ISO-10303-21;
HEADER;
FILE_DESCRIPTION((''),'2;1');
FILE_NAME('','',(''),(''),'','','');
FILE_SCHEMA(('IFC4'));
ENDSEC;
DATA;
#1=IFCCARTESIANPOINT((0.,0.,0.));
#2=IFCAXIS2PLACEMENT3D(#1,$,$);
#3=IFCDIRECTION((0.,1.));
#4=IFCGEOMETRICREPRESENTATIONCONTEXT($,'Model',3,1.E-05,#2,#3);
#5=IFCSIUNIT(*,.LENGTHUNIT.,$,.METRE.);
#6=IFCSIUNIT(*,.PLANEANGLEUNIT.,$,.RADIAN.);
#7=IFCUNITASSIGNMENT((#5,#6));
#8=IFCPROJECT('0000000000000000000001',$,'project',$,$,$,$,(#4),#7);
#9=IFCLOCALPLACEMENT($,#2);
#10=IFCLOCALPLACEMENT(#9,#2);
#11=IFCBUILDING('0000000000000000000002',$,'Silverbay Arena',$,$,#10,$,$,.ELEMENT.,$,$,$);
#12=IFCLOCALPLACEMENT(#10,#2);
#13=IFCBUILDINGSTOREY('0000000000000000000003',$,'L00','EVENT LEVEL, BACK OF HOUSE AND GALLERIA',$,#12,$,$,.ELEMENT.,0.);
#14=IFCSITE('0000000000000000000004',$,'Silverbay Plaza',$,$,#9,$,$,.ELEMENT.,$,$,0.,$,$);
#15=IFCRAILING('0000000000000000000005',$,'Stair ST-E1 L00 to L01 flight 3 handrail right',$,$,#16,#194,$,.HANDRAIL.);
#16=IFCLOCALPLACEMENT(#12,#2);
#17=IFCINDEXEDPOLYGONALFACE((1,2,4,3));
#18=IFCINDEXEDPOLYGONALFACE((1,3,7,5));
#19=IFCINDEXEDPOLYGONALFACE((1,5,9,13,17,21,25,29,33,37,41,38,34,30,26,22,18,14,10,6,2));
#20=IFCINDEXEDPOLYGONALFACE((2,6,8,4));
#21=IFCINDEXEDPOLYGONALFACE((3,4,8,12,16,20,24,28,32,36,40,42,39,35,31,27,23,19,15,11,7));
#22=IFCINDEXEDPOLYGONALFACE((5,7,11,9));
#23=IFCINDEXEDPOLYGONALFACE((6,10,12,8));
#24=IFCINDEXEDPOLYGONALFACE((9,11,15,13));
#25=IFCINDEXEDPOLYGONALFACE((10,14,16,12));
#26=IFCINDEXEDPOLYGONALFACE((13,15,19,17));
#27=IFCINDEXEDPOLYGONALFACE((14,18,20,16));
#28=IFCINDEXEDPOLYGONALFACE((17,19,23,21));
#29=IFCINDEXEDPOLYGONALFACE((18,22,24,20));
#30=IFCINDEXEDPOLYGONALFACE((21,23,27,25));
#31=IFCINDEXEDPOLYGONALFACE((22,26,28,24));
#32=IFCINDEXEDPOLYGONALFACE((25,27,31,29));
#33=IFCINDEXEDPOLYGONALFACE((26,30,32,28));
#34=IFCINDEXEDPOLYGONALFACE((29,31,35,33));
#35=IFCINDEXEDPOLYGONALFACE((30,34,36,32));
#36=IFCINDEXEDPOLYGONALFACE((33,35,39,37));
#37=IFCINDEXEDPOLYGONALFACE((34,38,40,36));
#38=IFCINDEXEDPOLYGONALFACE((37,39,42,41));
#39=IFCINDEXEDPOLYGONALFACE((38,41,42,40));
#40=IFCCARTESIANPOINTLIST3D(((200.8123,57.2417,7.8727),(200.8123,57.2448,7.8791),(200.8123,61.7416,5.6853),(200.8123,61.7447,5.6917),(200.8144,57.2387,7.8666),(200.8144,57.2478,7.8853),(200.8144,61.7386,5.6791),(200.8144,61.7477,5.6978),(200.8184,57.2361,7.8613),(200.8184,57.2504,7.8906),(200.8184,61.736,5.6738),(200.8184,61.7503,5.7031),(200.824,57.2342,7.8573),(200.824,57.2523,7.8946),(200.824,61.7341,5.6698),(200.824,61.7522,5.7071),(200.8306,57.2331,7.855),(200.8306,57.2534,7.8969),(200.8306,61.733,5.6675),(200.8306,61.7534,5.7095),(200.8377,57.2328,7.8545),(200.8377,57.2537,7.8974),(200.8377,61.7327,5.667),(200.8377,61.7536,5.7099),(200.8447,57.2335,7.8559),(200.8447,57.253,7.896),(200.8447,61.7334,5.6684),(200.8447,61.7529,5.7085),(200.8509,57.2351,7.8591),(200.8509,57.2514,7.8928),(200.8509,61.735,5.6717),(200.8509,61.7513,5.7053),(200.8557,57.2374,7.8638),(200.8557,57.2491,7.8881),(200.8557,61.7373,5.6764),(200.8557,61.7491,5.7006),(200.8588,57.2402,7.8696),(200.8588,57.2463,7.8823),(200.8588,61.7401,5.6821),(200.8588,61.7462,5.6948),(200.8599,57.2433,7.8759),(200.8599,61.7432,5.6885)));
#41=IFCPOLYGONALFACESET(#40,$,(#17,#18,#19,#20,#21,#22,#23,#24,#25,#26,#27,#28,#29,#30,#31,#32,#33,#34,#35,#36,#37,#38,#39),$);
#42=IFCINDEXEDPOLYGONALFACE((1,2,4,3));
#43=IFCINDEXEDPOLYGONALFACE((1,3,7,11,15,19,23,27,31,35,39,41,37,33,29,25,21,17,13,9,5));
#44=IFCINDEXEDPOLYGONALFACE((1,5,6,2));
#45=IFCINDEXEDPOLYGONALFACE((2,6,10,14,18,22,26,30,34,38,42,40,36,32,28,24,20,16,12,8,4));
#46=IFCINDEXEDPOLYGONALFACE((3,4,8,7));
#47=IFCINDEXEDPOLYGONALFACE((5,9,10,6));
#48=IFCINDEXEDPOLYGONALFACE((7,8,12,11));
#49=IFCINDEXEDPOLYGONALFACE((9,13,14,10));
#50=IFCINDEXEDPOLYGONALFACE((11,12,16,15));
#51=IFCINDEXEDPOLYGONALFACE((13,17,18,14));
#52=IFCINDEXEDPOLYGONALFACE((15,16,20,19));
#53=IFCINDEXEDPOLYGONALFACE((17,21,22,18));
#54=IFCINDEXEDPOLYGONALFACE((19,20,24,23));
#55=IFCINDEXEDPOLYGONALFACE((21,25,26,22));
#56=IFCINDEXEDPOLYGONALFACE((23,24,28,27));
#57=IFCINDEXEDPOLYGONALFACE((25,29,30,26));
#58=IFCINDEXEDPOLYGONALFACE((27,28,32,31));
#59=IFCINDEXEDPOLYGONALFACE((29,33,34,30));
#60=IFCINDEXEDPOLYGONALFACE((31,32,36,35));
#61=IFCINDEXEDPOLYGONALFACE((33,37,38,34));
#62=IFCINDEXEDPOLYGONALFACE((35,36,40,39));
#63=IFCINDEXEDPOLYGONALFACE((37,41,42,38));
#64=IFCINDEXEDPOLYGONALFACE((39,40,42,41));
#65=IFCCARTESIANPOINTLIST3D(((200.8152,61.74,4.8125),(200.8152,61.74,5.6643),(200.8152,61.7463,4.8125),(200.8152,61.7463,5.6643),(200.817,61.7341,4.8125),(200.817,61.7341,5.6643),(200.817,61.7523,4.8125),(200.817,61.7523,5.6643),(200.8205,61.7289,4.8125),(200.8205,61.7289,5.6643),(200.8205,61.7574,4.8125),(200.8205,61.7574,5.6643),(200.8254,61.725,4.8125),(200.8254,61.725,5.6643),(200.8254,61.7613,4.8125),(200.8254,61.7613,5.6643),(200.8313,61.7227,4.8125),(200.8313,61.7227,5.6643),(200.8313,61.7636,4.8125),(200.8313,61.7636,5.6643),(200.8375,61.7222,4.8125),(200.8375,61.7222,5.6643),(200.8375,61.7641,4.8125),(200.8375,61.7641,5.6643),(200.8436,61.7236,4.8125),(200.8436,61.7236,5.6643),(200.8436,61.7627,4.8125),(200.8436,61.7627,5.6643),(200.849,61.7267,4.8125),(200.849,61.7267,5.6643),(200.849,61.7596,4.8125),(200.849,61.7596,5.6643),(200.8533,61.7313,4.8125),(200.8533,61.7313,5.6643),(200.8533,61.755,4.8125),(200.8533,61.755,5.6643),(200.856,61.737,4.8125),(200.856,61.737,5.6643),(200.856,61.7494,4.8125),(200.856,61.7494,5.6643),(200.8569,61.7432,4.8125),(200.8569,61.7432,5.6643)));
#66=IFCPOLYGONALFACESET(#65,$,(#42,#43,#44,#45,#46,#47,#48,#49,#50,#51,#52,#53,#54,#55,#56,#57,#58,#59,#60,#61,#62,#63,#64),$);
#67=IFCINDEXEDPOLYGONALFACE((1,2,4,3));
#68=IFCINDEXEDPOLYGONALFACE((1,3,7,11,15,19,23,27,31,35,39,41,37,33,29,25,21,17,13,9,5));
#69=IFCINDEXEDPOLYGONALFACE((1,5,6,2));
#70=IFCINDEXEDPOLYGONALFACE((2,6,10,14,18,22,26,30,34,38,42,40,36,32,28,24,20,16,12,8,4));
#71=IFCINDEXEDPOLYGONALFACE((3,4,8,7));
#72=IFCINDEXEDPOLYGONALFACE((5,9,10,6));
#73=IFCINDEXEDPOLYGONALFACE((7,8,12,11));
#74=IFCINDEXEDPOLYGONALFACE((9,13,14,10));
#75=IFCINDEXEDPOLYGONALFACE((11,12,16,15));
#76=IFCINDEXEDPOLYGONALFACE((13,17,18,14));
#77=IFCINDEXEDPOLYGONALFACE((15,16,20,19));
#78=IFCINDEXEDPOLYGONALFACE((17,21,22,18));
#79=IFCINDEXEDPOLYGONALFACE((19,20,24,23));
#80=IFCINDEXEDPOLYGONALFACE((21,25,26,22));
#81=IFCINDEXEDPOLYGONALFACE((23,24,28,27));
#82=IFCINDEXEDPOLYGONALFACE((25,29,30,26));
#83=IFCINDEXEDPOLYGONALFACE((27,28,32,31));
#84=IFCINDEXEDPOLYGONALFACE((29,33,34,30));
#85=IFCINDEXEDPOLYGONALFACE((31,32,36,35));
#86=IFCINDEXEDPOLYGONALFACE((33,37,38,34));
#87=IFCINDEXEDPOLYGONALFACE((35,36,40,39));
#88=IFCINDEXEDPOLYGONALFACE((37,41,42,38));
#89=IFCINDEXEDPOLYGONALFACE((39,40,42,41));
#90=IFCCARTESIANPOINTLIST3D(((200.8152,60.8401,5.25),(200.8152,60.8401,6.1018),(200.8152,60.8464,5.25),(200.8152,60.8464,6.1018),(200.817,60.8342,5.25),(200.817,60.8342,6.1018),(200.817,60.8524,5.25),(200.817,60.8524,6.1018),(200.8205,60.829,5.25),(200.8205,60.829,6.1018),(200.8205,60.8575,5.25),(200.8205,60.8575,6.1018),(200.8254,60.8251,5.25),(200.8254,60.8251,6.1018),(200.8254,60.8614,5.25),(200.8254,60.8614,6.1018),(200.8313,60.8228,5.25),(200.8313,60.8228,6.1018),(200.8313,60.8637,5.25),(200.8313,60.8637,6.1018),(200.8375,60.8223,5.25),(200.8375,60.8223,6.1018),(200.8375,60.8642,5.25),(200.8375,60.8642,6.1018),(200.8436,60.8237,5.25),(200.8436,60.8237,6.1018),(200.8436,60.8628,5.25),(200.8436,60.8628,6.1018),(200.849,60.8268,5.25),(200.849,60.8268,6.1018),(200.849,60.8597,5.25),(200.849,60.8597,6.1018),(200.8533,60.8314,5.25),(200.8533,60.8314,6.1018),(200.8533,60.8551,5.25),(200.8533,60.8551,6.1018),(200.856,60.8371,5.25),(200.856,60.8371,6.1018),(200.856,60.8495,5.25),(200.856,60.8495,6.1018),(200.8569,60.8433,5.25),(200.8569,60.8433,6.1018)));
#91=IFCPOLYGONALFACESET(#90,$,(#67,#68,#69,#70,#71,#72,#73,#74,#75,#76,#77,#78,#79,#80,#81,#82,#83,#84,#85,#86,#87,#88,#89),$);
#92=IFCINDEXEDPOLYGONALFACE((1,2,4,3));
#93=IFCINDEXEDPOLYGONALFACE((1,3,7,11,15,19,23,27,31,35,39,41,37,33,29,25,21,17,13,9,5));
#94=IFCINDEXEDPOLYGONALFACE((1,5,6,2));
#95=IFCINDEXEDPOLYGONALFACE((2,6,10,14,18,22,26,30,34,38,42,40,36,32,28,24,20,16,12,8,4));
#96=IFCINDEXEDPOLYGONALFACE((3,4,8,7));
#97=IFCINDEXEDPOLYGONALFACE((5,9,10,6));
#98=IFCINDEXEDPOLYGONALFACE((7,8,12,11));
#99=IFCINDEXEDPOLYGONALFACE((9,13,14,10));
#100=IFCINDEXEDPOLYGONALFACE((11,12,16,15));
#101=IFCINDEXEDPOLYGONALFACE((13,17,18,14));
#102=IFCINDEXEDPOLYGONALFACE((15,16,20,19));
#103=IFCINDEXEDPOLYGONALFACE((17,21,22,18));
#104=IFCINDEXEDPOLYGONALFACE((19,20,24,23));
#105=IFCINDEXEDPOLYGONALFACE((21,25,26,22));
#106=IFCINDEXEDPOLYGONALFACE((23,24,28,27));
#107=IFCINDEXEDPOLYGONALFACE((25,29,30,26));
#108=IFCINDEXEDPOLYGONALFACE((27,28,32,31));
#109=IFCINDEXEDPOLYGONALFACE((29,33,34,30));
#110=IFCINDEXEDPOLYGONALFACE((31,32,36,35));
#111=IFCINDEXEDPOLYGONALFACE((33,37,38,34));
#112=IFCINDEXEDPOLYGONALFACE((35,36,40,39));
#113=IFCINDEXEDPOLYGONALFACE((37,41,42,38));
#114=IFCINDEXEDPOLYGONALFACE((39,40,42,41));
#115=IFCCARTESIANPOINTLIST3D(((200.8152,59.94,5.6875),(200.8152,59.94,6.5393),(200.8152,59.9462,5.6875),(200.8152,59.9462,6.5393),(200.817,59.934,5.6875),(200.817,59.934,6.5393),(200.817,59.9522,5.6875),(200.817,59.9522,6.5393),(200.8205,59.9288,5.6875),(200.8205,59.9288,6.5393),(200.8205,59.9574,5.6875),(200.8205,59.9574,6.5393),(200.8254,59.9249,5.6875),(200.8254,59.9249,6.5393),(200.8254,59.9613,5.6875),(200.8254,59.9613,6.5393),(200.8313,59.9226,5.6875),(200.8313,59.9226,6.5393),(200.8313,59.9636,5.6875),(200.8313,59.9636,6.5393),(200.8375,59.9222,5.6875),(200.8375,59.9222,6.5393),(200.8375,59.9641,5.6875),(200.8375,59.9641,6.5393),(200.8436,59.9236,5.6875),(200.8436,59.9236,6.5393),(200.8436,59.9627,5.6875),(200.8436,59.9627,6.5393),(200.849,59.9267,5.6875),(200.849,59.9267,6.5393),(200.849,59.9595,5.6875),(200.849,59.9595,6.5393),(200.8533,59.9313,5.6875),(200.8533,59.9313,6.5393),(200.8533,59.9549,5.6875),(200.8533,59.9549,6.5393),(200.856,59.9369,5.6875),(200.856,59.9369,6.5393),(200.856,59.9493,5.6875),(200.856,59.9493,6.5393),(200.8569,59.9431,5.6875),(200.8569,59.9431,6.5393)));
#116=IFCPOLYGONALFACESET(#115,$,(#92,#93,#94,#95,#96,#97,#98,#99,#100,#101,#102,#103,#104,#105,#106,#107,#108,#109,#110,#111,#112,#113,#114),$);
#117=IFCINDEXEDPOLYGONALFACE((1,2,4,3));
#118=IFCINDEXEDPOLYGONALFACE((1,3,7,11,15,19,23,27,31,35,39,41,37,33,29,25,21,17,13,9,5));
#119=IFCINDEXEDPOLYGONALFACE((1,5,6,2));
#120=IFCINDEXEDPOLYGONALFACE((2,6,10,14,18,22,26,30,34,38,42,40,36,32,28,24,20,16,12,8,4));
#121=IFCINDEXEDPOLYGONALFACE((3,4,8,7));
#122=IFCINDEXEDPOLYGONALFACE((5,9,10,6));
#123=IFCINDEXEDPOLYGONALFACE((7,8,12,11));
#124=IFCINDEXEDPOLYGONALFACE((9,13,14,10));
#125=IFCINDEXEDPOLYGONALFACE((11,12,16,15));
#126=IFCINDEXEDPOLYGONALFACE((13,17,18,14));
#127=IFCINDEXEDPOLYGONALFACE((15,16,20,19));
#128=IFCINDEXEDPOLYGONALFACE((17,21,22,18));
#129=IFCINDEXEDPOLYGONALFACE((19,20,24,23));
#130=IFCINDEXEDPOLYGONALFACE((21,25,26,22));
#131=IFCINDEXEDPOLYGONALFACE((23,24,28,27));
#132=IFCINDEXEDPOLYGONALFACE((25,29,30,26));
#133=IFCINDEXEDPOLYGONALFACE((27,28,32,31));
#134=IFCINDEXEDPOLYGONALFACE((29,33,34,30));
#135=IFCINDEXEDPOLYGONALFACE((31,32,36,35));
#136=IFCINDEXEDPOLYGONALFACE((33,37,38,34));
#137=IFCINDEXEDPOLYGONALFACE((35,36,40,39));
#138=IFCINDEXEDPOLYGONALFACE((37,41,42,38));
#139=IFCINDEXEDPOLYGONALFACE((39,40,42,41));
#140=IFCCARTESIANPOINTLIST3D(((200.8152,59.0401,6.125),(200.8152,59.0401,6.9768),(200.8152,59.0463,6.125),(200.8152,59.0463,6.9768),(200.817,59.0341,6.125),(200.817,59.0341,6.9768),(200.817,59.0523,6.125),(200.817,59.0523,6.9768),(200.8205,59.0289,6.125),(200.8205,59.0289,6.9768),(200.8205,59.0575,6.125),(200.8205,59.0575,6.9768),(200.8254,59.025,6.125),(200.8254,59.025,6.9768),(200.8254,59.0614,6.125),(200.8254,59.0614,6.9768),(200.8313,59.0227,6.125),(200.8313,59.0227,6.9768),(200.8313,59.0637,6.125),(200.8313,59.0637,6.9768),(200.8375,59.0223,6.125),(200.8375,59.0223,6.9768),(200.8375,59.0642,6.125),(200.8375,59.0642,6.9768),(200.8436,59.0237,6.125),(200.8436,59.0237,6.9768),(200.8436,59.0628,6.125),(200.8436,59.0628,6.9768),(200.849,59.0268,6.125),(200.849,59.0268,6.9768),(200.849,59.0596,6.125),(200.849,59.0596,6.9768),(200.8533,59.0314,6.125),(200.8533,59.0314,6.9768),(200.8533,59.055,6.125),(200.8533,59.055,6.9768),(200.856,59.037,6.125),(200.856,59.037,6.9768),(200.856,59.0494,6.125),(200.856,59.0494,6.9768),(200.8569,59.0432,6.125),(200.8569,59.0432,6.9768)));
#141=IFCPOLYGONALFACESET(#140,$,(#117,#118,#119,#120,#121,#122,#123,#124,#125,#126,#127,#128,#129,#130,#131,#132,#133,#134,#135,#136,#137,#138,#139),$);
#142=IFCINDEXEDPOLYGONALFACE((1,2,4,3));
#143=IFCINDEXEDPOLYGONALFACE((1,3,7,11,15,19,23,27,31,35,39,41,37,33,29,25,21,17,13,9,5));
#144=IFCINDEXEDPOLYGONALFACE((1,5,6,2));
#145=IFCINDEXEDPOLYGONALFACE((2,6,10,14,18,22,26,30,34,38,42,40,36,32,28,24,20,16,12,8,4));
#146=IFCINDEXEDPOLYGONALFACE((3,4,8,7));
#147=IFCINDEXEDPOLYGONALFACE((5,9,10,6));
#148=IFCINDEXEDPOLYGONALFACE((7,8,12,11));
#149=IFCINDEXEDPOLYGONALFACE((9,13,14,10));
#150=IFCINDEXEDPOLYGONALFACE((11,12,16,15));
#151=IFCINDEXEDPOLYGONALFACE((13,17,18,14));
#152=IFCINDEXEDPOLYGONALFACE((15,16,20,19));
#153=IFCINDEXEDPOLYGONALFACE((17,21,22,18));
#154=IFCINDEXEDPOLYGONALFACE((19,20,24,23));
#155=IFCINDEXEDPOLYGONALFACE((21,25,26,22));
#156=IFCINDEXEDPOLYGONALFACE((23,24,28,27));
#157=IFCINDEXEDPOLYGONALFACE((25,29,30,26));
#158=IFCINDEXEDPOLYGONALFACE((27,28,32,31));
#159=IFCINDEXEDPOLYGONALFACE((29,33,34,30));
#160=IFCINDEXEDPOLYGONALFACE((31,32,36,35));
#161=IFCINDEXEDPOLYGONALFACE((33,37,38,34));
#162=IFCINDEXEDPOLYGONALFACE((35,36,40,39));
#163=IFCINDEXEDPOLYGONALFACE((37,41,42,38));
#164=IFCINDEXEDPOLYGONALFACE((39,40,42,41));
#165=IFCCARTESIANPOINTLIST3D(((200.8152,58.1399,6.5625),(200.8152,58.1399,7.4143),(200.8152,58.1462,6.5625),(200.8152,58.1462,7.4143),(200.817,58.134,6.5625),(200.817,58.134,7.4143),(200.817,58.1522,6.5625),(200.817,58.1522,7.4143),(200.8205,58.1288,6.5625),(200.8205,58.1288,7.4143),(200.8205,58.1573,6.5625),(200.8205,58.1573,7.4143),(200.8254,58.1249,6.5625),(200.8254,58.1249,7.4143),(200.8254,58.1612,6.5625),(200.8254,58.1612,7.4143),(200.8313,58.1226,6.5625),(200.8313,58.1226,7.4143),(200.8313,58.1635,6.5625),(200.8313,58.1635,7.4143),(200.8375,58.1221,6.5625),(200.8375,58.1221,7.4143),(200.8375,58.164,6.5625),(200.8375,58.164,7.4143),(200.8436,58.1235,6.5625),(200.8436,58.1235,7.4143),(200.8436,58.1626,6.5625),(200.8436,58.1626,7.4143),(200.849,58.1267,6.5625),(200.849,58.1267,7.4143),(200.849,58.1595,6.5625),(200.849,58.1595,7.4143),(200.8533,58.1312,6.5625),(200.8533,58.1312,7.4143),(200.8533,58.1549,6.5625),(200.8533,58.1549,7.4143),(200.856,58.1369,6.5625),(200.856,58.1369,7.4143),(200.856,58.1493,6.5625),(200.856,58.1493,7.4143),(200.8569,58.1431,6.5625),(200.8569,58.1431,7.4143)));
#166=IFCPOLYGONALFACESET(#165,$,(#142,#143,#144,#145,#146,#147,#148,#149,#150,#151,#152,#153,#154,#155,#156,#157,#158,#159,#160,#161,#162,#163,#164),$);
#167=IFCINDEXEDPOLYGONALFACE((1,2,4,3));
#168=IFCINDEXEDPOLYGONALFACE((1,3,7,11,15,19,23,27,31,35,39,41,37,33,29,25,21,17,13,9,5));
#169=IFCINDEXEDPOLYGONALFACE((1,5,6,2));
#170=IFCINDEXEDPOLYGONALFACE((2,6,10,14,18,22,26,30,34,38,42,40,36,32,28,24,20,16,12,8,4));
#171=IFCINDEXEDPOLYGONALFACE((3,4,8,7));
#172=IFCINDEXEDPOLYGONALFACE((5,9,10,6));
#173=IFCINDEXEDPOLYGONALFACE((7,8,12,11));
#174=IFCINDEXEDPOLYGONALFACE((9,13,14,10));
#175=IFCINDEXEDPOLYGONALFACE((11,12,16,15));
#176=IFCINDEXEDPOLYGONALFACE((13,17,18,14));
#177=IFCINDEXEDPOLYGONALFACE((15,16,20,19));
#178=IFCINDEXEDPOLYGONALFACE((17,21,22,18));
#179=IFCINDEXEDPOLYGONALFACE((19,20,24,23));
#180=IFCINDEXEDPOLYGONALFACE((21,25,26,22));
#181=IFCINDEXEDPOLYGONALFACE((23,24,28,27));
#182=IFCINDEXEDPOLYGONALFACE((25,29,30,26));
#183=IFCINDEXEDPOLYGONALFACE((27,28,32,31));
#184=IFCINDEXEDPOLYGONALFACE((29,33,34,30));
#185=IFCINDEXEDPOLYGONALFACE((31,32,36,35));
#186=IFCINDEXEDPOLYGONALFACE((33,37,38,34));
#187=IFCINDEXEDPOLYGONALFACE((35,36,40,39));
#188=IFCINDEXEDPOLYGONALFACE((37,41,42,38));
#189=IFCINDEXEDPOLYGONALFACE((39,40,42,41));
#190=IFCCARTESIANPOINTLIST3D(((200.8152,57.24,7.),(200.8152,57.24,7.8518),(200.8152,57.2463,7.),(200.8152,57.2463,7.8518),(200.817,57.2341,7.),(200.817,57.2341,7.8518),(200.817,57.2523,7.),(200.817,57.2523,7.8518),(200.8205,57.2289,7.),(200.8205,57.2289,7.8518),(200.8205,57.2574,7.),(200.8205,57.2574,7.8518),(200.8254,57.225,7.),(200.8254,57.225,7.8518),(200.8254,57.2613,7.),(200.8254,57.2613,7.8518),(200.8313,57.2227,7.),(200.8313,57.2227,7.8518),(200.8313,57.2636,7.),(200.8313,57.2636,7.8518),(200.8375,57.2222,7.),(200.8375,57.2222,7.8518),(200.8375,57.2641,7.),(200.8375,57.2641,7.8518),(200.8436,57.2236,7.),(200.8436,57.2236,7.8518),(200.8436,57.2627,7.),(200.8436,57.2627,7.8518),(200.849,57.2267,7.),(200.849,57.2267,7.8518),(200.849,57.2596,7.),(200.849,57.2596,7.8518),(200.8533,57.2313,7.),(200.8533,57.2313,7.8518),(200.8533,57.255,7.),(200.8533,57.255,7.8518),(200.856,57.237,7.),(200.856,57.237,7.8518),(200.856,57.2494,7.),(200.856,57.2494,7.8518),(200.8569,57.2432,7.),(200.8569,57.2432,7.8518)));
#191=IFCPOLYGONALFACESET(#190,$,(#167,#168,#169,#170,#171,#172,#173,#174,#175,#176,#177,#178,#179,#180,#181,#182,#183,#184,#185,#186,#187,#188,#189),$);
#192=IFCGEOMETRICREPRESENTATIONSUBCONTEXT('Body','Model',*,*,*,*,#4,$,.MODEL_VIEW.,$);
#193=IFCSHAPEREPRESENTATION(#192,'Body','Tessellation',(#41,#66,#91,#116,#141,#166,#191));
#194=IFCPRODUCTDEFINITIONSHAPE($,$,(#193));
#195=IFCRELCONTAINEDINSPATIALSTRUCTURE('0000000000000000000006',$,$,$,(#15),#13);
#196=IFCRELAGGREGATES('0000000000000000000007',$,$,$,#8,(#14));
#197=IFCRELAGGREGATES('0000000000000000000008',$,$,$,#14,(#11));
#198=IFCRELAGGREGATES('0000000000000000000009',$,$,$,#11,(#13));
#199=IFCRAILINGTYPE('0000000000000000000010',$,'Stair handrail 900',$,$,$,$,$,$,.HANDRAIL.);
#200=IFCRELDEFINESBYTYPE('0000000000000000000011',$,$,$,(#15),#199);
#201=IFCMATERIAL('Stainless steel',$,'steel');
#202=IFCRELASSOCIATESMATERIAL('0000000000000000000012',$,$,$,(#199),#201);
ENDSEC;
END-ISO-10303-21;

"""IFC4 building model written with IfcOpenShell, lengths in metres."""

from ifc_helpers import new_model, si_unit, direction, frame, origin, origin_2d, place, context, subcontext, project, spatial, circle, extrude, material, type_object, element, save


model = new_model("IFC4")

# Units and contexts
model_context = context("Model", 3, precision=1e-05, world=origin(), true_north=direction((0.0, 1.0)))
body_context = subcontext(model_context, "Body", "Model", "MODEL_VIEW")
ifc_project = project(units=[si_unit("LENGTHUNIT", "METRE"), si_unit("PLANEANGLEUNIT", "RADIAN")], contexts=[model_context])

# Site, building, storey
site_placement = place(None, origin())
site = spatial("IfcSite", under=ifc_project, at=site_placement, Name="Silverbay Plaza", CompositionType="ELEMENT", RefElevation=0.0)
building_placement = place(site_placement, origin())
building = spatial("IfcBuilding", under=site, at=building_placement, Name="Silverbay Arena", CompositionType="ELEMENT")
storey_placement = place(building_placement, origin())
storey = spatial("IfcBuildingStorey", under=building, at=storey_placement, Name="L00", Description="EVENT LEVEL, BACK OF HOUSE AND GALLERIA", CompositionType="ELEMENT", Elevation=0.0)

# Railing
ifc_material_1 = material(Name="Stainless steel", Category="steel")
railing_type_1 = type_object("IfcRailingType", Name="Stair handrail 900", PredefinedType="HANDRAIL", material=ifc_material_1)
railing_1_placement = place(storey_placement, frame((200.8359, 61.7432, 4.8125)))
element("IfcRailing", 1, at=railing_1_placement, inside=storey, type_object=railing_type_1, Name="Stair ST-E1 L00 to L01 flight 3 handrail right", PredefinedType="HANDRAIL", context=body_context, shape_type="SweptSolid", body=[
    extrude(circle(Radius=0.0239, at=origin_2d()), frame((0.0, 0.0, 0.876), z_axis=(0.0, -0.899368, 0.437193), x_axis=(1.0, 0.0, 0.0)), (0.0, 0.0, 1.0), 5.0034),
    extrude(circle(Radius=0.021, at=origin_2d()), origin(), (0.0, 0.0, 1.0), 0.8518),
    extrude(circle(Radius=0.021, at=origin_2d()), frame((0.0, -0.8999, 0.4375)), (0.0, 0.0, 1.0), 0.8518),
    extrude(circle(Radius=0.021, at=origin_2d()), frame((0.0, -1.8, 0.875)), (0.0, 0.0, 1.0), 0.8518),
    extrude(circle(Radius=0.021, at=origin_2d()), frame((0.0, -2.7, 1.3125)), (0.0, 0.0, 1.0), 0.8518),
    extrude(circle(Radius=0.021, at=origin_2d()), frame((0.0, -3.6001, 1.75)), (0.0, 0.0, 1.0), 0.8518),
    extrude(circle(Radius=0.021, at=origin_2d()), frame((0.0, -4.5, 2.1875)), (0.0, 0.0, 1.0), 0.8518),
])

save(model, "model.ifc")
